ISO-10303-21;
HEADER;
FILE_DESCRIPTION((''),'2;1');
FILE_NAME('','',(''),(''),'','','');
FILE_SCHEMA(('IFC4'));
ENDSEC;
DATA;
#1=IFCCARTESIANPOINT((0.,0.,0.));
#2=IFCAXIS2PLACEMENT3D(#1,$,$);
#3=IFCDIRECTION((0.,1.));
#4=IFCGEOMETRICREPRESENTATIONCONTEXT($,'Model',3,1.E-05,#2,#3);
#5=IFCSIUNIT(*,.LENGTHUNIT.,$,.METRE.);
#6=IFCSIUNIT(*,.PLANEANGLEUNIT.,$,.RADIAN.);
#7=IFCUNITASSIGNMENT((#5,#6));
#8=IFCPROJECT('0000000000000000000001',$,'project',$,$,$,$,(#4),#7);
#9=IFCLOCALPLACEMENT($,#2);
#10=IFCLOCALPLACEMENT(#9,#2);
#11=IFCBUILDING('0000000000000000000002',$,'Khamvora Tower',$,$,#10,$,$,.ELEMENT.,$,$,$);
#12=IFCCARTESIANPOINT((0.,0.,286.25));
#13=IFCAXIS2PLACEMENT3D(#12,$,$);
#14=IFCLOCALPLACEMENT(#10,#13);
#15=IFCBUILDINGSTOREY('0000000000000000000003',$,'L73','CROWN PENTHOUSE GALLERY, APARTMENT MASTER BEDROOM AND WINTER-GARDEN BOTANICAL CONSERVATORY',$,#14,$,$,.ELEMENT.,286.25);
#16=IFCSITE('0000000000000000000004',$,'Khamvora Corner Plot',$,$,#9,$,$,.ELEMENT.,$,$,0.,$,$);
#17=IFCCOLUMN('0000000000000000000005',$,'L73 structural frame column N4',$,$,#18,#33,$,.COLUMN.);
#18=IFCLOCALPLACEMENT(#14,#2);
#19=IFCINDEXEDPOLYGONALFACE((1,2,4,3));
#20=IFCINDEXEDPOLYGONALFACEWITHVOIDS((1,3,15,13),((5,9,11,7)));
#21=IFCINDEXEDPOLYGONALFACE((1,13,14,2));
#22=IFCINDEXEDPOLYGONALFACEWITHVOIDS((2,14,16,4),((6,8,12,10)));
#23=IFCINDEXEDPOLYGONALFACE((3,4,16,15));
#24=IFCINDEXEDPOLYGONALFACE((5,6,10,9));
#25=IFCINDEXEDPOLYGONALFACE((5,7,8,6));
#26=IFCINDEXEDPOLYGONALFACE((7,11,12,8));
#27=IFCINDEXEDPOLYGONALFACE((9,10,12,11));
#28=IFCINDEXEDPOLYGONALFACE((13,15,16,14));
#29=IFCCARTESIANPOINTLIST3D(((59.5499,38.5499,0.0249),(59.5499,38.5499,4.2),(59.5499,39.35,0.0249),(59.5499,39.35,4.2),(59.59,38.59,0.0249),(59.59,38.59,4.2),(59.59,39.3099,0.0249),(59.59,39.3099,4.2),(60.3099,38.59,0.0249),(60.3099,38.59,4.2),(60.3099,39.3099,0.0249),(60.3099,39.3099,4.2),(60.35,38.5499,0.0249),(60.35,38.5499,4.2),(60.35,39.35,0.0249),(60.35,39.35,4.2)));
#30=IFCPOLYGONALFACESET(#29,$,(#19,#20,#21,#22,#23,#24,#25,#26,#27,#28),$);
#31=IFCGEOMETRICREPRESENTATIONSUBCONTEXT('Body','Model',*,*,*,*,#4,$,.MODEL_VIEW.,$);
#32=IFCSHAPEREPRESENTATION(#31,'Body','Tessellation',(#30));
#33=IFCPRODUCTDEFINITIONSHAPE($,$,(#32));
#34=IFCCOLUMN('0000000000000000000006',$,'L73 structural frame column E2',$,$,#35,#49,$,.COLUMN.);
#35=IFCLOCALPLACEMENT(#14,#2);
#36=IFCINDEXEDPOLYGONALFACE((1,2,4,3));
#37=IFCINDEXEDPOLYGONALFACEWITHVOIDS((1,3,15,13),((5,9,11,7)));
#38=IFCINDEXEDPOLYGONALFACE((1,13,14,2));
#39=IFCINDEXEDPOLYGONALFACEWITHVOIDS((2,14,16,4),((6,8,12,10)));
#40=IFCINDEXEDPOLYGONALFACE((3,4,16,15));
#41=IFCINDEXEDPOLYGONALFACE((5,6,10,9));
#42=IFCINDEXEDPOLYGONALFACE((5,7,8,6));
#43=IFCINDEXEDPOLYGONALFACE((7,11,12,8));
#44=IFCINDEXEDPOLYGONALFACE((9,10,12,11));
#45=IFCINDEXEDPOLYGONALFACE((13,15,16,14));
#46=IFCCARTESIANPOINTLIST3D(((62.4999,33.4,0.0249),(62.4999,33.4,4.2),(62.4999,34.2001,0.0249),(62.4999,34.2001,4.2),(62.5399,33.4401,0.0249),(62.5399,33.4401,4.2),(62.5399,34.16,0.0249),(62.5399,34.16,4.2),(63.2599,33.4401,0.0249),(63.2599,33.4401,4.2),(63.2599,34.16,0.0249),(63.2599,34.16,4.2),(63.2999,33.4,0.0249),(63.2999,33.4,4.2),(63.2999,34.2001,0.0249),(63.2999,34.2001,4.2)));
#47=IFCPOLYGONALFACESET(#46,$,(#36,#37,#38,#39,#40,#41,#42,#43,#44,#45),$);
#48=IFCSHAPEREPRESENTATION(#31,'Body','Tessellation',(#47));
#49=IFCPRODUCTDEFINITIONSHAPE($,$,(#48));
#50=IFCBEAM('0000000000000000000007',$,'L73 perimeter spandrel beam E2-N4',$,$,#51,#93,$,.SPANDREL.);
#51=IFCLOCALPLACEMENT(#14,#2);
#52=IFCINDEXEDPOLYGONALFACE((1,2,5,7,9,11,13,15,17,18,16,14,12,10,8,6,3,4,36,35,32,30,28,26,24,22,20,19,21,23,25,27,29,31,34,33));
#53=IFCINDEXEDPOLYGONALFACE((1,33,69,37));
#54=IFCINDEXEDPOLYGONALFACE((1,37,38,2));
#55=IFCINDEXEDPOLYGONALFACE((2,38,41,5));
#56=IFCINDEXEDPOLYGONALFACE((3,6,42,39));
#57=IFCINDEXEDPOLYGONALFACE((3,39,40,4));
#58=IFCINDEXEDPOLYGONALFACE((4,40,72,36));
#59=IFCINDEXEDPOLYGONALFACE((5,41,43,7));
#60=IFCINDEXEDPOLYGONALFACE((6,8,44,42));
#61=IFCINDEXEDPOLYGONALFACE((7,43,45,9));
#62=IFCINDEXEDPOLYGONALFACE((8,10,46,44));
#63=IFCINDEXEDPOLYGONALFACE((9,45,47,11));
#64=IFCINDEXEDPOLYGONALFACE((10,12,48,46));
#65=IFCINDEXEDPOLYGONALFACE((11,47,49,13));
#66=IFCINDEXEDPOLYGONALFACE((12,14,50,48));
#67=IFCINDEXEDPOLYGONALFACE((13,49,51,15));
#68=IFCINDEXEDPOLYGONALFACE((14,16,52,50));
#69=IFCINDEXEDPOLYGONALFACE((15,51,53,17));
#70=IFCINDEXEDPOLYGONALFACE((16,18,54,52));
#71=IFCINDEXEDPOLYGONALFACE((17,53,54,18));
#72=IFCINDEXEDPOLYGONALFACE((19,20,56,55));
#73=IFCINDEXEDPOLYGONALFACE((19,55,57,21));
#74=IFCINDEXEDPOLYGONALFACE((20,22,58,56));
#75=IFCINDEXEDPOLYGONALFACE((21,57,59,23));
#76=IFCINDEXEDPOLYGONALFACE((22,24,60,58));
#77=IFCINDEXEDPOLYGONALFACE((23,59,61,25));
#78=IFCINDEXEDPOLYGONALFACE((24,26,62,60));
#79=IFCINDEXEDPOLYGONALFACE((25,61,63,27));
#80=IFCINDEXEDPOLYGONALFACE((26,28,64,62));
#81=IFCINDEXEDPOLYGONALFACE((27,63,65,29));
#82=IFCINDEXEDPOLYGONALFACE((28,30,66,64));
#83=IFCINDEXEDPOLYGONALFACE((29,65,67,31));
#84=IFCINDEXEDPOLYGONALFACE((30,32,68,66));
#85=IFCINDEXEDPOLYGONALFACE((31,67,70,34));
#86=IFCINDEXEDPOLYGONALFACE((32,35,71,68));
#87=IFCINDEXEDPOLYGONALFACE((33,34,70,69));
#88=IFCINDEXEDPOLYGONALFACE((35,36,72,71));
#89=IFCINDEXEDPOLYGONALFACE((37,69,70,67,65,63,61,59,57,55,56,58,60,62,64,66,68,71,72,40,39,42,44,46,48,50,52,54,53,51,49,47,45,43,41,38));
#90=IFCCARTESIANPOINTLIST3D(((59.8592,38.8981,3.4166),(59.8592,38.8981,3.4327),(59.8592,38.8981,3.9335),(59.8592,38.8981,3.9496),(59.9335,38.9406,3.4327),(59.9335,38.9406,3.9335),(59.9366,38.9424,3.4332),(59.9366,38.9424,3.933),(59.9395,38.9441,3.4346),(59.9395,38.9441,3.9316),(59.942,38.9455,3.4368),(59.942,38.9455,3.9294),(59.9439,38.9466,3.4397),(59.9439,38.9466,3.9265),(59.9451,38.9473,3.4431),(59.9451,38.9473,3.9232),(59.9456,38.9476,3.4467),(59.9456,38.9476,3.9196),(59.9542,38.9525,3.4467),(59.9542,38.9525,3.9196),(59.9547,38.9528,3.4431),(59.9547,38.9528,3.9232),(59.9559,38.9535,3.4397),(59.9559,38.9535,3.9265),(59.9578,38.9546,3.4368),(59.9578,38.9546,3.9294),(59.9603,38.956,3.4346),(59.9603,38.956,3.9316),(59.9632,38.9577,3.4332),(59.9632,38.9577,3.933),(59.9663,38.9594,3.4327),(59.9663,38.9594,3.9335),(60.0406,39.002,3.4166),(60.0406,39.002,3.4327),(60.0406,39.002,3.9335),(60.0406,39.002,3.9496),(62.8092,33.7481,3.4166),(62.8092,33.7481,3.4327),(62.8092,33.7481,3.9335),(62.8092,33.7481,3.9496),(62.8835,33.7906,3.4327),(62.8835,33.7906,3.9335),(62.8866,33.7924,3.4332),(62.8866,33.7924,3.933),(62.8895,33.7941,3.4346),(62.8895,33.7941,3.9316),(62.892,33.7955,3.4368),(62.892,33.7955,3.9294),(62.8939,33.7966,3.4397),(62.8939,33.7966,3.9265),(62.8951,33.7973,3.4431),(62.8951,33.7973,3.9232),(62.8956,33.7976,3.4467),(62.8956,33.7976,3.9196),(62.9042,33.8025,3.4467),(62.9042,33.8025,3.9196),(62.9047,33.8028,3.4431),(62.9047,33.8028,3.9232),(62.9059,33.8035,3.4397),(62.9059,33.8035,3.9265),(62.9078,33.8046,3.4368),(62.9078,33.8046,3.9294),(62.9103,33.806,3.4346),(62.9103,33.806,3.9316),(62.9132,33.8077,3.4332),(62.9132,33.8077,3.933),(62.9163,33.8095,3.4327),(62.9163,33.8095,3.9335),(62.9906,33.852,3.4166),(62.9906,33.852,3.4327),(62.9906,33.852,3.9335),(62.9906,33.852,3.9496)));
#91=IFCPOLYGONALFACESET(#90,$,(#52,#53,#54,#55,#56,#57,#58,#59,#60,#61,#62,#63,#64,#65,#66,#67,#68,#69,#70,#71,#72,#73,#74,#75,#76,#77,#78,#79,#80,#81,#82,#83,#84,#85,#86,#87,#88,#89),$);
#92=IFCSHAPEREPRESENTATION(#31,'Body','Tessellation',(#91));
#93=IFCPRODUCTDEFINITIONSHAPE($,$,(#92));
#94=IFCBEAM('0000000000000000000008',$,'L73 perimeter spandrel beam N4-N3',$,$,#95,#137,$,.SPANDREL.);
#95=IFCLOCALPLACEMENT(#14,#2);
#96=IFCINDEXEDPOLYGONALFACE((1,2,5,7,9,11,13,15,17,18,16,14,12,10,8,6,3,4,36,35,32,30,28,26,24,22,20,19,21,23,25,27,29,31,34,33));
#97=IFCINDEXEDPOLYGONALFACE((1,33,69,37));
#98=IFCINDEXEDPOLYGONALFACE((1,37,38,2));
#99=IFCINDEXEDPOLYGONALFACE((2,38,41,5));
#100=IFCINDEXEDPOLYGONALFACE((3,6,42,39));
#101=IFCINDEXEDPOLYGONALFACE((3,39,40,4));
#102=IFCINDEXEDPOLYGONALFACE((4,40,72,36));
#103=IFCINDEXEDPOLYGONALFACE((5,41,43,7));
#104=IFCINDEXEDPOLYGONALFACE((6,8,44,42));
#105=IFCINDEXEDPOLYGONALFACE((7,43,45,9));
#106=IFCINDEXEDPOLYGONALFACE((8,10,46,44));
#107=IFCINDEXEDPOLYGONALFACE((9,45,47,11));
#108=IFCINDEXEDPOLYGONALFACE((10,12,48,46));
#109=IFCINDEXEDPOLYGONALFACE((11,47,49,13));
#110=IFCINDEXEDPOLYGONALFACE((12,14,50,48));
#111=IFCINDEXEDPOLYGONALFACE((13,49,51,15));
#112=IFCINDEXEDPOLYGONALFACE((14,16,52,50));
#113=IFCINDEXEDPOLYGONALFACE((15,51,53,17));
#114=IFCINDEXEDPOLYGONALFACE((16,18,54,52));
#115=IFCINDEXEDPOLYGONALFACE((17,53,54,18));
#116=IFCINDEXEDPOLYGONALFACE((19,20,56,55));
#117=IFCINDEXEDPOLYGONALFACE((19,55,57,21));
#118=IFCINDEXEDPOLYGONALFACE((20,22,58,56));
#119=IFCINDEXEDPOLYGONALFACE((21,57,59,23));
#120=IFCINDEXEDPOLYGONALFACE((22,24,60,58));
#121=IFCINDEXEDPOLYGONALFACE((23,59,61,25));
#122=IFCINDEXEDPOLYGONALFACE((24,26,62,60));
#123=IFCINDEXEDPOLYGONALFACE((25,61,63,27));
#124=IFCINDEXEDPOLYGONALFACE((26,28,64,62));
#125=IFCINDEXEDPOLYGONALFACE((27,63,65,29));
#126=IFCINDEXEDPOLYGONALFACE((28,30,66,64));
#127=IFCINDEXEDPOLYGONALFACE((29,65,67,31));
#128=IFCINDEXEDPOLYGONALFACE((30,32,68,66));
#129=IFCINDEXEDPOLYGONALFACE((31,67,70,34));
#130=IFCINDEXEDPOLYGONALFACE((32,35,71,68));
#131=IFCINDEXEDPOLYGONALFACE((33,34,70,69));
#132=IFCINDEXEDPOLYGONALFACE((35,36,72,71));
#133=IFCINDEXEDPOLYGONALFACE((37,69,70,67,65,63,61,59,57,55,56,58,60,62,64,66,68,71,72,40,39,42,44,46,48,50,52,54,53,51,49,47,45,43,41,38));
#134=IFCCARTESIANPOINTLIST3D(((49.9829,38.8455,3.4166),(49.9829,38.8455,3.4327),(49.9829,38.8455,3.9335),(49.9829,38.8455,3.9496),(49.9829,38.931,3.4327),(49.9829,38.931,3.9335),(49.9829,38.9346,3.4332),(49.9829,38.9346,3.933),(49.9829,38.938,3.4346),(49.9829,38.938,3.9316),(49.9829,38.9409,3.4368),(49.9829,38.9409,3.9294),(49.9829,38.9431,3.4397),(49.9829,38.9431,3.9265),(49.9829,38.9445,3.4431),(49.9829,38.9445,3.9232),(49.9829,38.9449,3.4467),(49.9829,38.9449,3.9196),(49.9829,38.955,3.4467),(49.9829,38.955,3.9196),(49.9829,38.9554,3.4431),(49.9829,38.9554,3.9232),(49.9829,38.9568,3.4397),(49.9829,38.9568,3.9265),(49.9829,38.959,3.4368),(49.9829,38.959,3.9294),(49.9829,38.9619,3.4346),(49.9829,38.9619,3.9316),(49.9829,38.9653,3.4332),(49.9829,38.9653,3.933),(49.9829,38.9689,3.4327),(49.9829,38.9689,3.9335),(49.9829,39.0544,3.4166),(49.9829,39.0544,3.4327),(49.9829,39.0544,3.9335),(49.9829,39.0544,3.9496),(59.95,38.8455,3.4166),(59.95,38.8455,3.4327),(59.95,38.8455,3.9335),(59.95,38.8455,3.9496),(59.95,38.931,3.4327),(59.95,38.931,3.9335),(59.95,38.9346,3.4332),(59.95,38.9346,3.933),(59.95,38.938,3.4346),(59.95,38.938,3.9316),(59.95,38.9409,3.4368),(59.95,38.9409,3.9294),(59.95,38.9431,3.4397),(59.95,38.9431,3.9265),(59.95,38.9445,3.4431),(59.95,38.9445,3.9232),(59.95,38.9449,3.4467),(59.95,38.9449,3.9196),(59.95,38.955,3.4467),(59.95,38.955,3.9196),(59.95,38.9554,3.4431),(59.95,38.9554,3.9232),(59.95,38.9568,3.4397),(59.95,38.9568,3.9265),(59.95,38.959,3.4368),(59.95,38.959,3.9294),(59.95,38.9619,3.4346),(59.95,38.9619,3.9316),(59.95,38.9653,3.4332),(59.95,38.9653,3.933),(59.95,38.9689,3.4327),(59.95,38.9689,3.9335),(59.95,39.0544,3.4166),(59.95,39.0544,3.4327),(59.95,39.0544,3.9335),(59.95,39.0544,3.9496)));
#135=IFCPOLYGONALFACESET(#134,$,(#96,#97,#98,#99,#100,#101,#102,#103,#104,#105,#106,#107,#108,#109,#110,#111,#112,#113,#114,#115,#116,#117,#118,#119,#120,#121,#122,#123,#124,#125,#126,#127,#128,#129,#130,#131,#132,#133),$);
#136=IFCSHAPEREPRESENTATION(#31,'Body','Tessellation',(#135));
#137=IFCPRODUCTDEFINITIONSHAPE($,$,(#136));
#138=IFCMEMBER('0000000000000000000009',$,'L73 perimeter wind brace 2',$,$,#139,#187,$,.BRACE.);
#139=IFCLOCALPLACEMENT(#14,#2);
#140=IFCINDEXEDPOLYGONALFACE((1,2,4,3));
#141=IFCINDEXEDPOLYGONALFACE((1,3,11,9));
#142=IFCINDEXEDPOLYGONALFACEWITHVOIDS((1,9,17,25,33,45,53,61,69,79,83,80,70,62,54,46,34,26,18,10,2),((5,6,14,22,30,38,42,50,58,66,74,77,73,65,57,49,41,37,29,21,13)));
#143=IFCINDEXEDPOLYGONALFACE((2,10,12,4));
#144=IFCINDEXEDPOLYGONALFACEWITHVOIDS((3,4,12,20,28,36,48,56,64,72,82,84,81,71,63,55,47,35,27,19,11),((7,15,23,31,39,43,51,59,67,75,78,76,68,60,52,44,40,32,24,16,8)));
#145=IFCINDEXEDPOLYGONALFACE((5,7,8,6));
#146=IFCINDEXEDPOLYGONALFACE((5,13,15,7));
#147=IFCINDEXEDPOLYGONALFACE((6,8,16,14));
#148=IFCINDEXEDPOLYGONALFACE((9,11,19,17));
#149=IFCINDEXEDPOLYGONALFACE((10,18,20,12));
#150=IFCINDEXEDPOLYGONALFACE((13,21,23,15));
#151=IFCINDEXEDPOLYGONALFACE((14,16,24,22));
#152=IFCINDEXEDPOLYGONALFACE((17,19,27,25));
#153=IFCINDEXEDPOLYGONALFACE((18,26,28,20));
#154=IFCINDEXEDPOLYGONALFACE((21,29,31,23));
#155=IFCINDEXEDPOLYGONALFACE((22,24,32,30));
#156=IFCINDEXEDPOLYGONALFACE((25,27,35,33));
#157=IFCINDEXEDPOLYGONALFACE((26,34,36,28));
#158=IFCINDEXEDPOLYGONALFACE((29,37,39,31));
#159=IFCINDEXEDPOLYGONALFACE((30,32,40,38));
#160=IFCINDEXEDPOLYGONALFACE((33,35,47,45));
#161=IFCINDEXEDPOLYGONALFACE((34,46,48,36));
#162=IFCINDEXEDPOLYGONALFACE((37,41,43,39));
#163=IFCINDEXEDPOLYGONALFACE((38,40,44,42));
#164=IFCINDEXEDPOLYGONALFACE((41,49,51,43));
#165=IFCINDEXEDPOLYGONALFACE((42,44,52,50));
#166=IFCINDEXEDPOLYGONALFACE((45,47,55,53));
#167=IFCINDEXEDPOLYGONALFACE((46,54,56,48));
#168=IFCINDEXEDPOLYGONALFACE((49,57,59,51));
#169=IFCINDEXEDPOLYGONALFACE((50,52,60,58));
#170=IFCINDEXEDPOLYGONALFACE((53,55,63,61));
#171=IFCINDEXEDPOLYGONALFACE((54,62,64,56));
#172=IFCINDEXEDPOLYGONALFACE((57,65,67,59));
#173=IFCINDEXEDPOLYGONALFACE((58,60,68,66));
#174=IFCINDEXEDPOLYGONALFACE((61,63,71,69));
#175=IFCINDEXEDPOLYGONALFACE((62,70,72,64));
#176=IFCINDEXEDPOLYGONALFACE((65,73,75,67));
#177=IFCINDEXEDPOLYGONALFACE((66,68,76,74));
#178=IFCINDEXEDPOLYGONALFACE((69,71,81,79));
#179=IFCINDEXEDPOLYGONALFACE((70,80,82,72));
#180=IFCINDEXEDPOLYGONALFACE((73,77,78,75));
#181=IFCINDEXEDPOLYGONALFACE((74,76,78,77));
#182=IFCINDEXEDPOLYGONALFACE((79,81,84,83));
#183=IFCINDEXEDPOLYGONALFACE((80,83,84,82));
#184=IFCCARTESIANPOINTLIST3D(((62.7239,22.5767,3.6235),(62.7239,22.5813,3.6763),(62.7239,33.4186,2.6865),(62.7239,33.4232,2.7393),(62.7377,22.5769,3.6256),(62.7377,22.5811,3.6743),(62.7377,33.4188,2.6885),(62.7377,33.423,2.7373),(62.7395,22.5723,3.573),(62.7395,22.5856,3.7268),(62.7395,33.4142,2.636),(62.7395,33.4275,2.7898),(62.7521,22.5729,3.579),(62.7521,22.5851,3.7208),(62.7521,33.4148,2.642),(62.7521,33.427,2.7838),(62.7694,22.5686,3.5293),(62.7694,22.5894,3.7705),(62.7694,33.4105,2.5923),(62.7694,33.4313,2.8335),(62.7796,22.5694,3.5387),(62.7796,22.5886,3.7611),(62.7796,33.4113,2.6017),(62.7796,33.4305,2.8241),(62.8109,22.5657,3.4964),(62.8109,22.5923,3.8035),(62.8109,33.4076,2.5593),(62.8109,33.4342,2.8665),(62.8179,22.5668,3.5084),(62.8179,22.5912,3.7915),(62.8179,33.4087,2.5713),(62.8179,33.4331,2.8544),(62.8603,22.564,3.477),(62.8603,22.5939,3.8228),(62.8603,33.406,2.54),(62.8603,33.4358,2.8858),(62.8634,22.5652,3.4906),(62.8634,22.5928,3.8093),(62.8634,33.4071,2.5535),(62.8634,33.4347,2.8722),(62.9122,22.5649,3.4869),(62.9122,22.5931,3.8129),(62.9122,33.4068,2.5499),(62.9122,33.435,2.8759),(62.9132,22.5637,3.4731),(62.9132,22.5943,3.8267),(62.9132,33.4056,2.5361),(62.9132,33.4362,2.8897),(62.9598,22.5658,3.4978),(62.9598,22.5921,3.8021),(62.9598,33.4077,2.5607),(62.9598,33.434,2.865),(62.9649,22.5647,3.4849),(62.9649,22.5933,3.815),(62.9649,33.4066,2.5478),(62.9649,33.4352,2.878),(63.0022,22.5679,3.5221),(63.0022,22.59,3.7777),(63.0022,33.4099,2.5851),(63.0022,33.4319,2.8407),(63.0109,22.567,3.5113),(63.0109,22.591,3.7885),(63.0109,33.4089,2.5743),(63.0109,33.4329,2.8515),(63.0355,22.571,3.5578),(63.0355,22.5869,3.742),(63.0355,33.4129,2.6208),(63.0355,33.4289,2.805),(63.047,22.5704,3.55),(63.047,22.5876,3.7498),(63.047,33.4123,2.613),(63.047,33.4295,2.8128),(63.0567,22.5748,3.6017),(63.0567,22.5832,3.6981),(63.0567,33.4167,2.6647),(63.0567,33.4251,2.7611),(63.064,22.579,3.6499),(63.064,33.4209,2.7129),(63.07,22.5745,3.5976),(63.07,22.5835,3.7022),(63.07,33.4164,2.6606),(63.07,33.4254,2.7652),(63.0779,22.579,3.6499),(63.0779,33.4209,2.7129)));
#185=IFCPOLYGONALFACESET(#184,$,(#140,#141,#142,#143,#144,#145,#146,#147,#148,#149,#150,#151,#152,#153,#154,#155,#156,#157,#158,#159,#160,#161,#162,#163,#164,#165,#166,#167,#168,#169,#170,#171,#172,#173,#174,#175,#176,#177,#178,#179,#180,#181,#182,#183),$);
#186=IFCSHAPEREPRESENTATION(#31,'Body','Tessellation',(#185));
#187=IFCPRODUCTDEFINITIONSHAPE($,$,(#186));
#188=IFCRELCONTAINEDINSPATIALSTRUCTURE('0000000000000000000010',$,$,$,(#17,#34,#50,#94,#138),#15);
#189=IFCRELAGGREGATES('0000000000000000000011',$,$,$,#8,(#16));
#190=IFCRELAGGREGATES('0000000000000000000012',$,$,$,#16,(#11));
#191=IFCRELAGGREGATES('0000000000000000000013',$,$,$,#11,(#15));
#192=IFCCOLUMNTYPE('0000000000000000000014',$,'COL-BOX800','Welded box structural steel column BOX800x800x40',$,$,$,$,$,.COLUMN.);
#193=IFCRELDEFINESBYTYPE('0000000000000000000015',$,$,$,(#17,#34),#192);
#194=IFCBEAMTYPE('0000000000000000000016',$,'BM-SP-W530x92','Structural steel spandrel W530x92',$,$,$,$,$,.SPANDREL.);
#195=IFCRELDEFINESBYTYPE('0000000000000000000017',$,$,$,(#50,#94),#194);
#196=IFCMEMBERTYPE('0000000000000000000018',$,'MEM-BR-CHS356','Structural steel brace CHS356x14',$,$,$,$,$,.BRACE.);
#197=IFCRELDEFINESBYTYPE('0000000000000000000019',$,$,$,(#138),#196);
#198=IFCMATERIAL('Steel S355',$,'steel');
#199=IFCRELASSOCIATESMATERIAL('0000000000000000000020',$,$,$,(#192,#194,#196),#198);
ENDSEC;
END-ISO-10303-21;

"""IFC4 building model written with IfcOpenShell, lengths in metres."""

from ifc_helpers import new_model, si_unit, direction, frame, origin, origin_2d, place, context, subcontext, project, spatial, hollow_rectangle, hollow_circle, i_section, extrude, material, material_profile, profile_set, type_object, element, save


model = new_model("IFC4")

# Units and contexts
model_context = context("Model", 3, precision=1e-05, world=origin(), true_north=direction((0.0, 1.0)))
body_context = subcontext(model_context, "Body", "Model", "MODEL_VIEW")
ifc_project = project(units=[si_unit("LENGTHUNIT", "METRE"), si_unit("PLANEANGLEUNIT", "RADIAN")], contexts=[model_context])

# Site, building, storey
site_placement = place(None, origin())
site = spatial("IfcSite", under=ifc_project, at=site_placement, Name="Khamvora Corner Plot", CompositionType="ELEMENT", RefElevation=0.0)
building_placement = place(site_placement, origin())
building = spatial("IfcBuilding", under=site, at=building_placement, Name="Khamvora Tower", CompositionType="ELEMENT")
storey_placement = place(building_placement, frame((0.0, 0.0, 286.25)))
storey = spatial("IfcBuildingStorey", under=building, at=storey_placement, Name="L73", Description="CROWN PENTHOUSE GALLERY, APARTMENT MASTER BEDROOM AND WINTER-GARDEN BOTANICAL CONSERVATORY", CompositionType="ELEMENT", Elevation=286.25)

# Columns
ifc_material_1 = material(Name="Steel S355", Category="steel")
ifc_material_profile_1 = material_profile(ifc_material_1, hollow_rectangle(XDim=0.8, YDim=0.8, WallThickness=0.04, at=origin_2d()), Name="BOX800x800x40")
ifc_profile_set_1 = profile_set([ifc_material_profile_1], Name="Steel S355")
column_type = type_object("IfcColumnType", Name="COL-BOX800", Description="Welded box structural steel column BOX800x800x40", PredefinedType="COLUMN", material=ifc_profile_set_1)
for number, where, z_axis, x_axis, name in (
    (1, (59.95, 38.95, 0.0249), (0.0, 0.0, 1.0), (1.0, 0.0, 0.0), "L73 structural frame column N4"),
    (2, (62.8999, 33.8, 0.0249), (0.0, 0.0, 1.0), (1.0, 0.0, 0.0), "L73 structural frame column E2"),
):
    element("IfcColumn", number, at=place(storey_placement, frame(where, z_axis=z_axis, x_axis=x_axis)), inside=storey, type_object=column_type, Name=name, PredefinedType="COLUMN", context=body_context, shape_type="SweptSolid", body=[
        extrude(hollow_rectangle(XDim=0.8, YDim=0.8, WallThickness=0.04, at=origin_2d()), origin(), (0.0, 0.0, 1.0), 4.175),
    ])

# Beams
ifc_material_profile_2 = material_profile(ifc_material_1, i_section(OverallWidth=0.209, OverallDepth=0.533, WebThickness=0.01, FlangeThickness=0.0161, FilletRadius=0.0139, at=origin_2d()), Name="W530x92")
ifc_profile_set_2 = profile_set([ifc_material_profile_2], Name="Steel S355")
beam_type = type_object("IfcBeamType", Name="BM-SP-W530x92", Description="Structural steel spandrel W530x92", PredefinedType="SPANDREL", material=ifc_profile_set_2)
beam_1_placement = place(storey_placement, frame((62.8999, 33.8, 3.6831), z_axis=(-0.497047, 0.867724, 0.0), x_axis=(-0.867724, -0.497047, 0.0)))
element("IfcBeam", 3, at=beam_1_placement, inside=storey, type_object=beam_type, Name="L73 perimeter spandrel beam E2-N4", PredefinedType="SPANDREL", context=body_context, shape_type="SweptSolid", body=[
    extrude(i_section(OverallWidth=0.209, OverallDepth=0.533, WebThickness=0.01, FlangeThickness=0.0161, FilletRadius=0.0139, at=origin_2d()), origin(), (0.0, 0.0, 1.0), 5.9351),
])
beam_2_placement = place(storey_placement, frame((59.95, 38.95, 3.6831), z_axis=(-1.0, 0.0, 0.0), x_axis=(0.0, -1.0, 0.0)))
element("IfcBeam", 4, at=beam_2_placement, inside=storey, type_object=beam_type, Name="L73 perimeter spandrel beam N4-N3", PredefinedType="SPANDREL", context=body_context, shape_type="SweptSolid", body=[
    extrude(i_section(OverallWidth=0.209, OverallDepth=0.533, WebThickness=0.01, FlangeThickness=0.0161, FilletRadius=0.0139, at=origin_2d()), origin(), (0.0, 0.0, 1.0), 9.967),
])

# Member
ifc_material_profile_3 = material_profile(ifc_material_1, hollow_circle(Radius=0.178, WallThickness=0.0139, at=origin_2d()), Name="CHS356x14")
ifc_profile_set_3 = profile_set([ifc_material_profile_3], Name="Steel S355")
member_type = type_object("IfcMemberType", Name="MEM-BR-CHS356", Description="Structural steel brace CHS356x14", PredefinedType="BRACE", material=ifc_profile_set_3)
member_placement = place(storey_placement, frame((62.8999, 33.4209, 2.7129), z_axis=(0.0, -0.996286, 0.086105), x_axis=(1.0, 0.0, 0.0)))
element("IfcMember", 5, at=member_placement, inside=storey, type_object=member_type, Name="L73 perimeter wind brace 2", PredefinedType="BRACE", context=body_context, shape_type="SweptSolid", body=[
    extrude(hollow_circle(Radius=0.178, WallThickness=0.0139, at=origin_2d()), origin(), (0.0, 0.0, 1.0), 10.8823),
])

save(model, "model.ifc")
